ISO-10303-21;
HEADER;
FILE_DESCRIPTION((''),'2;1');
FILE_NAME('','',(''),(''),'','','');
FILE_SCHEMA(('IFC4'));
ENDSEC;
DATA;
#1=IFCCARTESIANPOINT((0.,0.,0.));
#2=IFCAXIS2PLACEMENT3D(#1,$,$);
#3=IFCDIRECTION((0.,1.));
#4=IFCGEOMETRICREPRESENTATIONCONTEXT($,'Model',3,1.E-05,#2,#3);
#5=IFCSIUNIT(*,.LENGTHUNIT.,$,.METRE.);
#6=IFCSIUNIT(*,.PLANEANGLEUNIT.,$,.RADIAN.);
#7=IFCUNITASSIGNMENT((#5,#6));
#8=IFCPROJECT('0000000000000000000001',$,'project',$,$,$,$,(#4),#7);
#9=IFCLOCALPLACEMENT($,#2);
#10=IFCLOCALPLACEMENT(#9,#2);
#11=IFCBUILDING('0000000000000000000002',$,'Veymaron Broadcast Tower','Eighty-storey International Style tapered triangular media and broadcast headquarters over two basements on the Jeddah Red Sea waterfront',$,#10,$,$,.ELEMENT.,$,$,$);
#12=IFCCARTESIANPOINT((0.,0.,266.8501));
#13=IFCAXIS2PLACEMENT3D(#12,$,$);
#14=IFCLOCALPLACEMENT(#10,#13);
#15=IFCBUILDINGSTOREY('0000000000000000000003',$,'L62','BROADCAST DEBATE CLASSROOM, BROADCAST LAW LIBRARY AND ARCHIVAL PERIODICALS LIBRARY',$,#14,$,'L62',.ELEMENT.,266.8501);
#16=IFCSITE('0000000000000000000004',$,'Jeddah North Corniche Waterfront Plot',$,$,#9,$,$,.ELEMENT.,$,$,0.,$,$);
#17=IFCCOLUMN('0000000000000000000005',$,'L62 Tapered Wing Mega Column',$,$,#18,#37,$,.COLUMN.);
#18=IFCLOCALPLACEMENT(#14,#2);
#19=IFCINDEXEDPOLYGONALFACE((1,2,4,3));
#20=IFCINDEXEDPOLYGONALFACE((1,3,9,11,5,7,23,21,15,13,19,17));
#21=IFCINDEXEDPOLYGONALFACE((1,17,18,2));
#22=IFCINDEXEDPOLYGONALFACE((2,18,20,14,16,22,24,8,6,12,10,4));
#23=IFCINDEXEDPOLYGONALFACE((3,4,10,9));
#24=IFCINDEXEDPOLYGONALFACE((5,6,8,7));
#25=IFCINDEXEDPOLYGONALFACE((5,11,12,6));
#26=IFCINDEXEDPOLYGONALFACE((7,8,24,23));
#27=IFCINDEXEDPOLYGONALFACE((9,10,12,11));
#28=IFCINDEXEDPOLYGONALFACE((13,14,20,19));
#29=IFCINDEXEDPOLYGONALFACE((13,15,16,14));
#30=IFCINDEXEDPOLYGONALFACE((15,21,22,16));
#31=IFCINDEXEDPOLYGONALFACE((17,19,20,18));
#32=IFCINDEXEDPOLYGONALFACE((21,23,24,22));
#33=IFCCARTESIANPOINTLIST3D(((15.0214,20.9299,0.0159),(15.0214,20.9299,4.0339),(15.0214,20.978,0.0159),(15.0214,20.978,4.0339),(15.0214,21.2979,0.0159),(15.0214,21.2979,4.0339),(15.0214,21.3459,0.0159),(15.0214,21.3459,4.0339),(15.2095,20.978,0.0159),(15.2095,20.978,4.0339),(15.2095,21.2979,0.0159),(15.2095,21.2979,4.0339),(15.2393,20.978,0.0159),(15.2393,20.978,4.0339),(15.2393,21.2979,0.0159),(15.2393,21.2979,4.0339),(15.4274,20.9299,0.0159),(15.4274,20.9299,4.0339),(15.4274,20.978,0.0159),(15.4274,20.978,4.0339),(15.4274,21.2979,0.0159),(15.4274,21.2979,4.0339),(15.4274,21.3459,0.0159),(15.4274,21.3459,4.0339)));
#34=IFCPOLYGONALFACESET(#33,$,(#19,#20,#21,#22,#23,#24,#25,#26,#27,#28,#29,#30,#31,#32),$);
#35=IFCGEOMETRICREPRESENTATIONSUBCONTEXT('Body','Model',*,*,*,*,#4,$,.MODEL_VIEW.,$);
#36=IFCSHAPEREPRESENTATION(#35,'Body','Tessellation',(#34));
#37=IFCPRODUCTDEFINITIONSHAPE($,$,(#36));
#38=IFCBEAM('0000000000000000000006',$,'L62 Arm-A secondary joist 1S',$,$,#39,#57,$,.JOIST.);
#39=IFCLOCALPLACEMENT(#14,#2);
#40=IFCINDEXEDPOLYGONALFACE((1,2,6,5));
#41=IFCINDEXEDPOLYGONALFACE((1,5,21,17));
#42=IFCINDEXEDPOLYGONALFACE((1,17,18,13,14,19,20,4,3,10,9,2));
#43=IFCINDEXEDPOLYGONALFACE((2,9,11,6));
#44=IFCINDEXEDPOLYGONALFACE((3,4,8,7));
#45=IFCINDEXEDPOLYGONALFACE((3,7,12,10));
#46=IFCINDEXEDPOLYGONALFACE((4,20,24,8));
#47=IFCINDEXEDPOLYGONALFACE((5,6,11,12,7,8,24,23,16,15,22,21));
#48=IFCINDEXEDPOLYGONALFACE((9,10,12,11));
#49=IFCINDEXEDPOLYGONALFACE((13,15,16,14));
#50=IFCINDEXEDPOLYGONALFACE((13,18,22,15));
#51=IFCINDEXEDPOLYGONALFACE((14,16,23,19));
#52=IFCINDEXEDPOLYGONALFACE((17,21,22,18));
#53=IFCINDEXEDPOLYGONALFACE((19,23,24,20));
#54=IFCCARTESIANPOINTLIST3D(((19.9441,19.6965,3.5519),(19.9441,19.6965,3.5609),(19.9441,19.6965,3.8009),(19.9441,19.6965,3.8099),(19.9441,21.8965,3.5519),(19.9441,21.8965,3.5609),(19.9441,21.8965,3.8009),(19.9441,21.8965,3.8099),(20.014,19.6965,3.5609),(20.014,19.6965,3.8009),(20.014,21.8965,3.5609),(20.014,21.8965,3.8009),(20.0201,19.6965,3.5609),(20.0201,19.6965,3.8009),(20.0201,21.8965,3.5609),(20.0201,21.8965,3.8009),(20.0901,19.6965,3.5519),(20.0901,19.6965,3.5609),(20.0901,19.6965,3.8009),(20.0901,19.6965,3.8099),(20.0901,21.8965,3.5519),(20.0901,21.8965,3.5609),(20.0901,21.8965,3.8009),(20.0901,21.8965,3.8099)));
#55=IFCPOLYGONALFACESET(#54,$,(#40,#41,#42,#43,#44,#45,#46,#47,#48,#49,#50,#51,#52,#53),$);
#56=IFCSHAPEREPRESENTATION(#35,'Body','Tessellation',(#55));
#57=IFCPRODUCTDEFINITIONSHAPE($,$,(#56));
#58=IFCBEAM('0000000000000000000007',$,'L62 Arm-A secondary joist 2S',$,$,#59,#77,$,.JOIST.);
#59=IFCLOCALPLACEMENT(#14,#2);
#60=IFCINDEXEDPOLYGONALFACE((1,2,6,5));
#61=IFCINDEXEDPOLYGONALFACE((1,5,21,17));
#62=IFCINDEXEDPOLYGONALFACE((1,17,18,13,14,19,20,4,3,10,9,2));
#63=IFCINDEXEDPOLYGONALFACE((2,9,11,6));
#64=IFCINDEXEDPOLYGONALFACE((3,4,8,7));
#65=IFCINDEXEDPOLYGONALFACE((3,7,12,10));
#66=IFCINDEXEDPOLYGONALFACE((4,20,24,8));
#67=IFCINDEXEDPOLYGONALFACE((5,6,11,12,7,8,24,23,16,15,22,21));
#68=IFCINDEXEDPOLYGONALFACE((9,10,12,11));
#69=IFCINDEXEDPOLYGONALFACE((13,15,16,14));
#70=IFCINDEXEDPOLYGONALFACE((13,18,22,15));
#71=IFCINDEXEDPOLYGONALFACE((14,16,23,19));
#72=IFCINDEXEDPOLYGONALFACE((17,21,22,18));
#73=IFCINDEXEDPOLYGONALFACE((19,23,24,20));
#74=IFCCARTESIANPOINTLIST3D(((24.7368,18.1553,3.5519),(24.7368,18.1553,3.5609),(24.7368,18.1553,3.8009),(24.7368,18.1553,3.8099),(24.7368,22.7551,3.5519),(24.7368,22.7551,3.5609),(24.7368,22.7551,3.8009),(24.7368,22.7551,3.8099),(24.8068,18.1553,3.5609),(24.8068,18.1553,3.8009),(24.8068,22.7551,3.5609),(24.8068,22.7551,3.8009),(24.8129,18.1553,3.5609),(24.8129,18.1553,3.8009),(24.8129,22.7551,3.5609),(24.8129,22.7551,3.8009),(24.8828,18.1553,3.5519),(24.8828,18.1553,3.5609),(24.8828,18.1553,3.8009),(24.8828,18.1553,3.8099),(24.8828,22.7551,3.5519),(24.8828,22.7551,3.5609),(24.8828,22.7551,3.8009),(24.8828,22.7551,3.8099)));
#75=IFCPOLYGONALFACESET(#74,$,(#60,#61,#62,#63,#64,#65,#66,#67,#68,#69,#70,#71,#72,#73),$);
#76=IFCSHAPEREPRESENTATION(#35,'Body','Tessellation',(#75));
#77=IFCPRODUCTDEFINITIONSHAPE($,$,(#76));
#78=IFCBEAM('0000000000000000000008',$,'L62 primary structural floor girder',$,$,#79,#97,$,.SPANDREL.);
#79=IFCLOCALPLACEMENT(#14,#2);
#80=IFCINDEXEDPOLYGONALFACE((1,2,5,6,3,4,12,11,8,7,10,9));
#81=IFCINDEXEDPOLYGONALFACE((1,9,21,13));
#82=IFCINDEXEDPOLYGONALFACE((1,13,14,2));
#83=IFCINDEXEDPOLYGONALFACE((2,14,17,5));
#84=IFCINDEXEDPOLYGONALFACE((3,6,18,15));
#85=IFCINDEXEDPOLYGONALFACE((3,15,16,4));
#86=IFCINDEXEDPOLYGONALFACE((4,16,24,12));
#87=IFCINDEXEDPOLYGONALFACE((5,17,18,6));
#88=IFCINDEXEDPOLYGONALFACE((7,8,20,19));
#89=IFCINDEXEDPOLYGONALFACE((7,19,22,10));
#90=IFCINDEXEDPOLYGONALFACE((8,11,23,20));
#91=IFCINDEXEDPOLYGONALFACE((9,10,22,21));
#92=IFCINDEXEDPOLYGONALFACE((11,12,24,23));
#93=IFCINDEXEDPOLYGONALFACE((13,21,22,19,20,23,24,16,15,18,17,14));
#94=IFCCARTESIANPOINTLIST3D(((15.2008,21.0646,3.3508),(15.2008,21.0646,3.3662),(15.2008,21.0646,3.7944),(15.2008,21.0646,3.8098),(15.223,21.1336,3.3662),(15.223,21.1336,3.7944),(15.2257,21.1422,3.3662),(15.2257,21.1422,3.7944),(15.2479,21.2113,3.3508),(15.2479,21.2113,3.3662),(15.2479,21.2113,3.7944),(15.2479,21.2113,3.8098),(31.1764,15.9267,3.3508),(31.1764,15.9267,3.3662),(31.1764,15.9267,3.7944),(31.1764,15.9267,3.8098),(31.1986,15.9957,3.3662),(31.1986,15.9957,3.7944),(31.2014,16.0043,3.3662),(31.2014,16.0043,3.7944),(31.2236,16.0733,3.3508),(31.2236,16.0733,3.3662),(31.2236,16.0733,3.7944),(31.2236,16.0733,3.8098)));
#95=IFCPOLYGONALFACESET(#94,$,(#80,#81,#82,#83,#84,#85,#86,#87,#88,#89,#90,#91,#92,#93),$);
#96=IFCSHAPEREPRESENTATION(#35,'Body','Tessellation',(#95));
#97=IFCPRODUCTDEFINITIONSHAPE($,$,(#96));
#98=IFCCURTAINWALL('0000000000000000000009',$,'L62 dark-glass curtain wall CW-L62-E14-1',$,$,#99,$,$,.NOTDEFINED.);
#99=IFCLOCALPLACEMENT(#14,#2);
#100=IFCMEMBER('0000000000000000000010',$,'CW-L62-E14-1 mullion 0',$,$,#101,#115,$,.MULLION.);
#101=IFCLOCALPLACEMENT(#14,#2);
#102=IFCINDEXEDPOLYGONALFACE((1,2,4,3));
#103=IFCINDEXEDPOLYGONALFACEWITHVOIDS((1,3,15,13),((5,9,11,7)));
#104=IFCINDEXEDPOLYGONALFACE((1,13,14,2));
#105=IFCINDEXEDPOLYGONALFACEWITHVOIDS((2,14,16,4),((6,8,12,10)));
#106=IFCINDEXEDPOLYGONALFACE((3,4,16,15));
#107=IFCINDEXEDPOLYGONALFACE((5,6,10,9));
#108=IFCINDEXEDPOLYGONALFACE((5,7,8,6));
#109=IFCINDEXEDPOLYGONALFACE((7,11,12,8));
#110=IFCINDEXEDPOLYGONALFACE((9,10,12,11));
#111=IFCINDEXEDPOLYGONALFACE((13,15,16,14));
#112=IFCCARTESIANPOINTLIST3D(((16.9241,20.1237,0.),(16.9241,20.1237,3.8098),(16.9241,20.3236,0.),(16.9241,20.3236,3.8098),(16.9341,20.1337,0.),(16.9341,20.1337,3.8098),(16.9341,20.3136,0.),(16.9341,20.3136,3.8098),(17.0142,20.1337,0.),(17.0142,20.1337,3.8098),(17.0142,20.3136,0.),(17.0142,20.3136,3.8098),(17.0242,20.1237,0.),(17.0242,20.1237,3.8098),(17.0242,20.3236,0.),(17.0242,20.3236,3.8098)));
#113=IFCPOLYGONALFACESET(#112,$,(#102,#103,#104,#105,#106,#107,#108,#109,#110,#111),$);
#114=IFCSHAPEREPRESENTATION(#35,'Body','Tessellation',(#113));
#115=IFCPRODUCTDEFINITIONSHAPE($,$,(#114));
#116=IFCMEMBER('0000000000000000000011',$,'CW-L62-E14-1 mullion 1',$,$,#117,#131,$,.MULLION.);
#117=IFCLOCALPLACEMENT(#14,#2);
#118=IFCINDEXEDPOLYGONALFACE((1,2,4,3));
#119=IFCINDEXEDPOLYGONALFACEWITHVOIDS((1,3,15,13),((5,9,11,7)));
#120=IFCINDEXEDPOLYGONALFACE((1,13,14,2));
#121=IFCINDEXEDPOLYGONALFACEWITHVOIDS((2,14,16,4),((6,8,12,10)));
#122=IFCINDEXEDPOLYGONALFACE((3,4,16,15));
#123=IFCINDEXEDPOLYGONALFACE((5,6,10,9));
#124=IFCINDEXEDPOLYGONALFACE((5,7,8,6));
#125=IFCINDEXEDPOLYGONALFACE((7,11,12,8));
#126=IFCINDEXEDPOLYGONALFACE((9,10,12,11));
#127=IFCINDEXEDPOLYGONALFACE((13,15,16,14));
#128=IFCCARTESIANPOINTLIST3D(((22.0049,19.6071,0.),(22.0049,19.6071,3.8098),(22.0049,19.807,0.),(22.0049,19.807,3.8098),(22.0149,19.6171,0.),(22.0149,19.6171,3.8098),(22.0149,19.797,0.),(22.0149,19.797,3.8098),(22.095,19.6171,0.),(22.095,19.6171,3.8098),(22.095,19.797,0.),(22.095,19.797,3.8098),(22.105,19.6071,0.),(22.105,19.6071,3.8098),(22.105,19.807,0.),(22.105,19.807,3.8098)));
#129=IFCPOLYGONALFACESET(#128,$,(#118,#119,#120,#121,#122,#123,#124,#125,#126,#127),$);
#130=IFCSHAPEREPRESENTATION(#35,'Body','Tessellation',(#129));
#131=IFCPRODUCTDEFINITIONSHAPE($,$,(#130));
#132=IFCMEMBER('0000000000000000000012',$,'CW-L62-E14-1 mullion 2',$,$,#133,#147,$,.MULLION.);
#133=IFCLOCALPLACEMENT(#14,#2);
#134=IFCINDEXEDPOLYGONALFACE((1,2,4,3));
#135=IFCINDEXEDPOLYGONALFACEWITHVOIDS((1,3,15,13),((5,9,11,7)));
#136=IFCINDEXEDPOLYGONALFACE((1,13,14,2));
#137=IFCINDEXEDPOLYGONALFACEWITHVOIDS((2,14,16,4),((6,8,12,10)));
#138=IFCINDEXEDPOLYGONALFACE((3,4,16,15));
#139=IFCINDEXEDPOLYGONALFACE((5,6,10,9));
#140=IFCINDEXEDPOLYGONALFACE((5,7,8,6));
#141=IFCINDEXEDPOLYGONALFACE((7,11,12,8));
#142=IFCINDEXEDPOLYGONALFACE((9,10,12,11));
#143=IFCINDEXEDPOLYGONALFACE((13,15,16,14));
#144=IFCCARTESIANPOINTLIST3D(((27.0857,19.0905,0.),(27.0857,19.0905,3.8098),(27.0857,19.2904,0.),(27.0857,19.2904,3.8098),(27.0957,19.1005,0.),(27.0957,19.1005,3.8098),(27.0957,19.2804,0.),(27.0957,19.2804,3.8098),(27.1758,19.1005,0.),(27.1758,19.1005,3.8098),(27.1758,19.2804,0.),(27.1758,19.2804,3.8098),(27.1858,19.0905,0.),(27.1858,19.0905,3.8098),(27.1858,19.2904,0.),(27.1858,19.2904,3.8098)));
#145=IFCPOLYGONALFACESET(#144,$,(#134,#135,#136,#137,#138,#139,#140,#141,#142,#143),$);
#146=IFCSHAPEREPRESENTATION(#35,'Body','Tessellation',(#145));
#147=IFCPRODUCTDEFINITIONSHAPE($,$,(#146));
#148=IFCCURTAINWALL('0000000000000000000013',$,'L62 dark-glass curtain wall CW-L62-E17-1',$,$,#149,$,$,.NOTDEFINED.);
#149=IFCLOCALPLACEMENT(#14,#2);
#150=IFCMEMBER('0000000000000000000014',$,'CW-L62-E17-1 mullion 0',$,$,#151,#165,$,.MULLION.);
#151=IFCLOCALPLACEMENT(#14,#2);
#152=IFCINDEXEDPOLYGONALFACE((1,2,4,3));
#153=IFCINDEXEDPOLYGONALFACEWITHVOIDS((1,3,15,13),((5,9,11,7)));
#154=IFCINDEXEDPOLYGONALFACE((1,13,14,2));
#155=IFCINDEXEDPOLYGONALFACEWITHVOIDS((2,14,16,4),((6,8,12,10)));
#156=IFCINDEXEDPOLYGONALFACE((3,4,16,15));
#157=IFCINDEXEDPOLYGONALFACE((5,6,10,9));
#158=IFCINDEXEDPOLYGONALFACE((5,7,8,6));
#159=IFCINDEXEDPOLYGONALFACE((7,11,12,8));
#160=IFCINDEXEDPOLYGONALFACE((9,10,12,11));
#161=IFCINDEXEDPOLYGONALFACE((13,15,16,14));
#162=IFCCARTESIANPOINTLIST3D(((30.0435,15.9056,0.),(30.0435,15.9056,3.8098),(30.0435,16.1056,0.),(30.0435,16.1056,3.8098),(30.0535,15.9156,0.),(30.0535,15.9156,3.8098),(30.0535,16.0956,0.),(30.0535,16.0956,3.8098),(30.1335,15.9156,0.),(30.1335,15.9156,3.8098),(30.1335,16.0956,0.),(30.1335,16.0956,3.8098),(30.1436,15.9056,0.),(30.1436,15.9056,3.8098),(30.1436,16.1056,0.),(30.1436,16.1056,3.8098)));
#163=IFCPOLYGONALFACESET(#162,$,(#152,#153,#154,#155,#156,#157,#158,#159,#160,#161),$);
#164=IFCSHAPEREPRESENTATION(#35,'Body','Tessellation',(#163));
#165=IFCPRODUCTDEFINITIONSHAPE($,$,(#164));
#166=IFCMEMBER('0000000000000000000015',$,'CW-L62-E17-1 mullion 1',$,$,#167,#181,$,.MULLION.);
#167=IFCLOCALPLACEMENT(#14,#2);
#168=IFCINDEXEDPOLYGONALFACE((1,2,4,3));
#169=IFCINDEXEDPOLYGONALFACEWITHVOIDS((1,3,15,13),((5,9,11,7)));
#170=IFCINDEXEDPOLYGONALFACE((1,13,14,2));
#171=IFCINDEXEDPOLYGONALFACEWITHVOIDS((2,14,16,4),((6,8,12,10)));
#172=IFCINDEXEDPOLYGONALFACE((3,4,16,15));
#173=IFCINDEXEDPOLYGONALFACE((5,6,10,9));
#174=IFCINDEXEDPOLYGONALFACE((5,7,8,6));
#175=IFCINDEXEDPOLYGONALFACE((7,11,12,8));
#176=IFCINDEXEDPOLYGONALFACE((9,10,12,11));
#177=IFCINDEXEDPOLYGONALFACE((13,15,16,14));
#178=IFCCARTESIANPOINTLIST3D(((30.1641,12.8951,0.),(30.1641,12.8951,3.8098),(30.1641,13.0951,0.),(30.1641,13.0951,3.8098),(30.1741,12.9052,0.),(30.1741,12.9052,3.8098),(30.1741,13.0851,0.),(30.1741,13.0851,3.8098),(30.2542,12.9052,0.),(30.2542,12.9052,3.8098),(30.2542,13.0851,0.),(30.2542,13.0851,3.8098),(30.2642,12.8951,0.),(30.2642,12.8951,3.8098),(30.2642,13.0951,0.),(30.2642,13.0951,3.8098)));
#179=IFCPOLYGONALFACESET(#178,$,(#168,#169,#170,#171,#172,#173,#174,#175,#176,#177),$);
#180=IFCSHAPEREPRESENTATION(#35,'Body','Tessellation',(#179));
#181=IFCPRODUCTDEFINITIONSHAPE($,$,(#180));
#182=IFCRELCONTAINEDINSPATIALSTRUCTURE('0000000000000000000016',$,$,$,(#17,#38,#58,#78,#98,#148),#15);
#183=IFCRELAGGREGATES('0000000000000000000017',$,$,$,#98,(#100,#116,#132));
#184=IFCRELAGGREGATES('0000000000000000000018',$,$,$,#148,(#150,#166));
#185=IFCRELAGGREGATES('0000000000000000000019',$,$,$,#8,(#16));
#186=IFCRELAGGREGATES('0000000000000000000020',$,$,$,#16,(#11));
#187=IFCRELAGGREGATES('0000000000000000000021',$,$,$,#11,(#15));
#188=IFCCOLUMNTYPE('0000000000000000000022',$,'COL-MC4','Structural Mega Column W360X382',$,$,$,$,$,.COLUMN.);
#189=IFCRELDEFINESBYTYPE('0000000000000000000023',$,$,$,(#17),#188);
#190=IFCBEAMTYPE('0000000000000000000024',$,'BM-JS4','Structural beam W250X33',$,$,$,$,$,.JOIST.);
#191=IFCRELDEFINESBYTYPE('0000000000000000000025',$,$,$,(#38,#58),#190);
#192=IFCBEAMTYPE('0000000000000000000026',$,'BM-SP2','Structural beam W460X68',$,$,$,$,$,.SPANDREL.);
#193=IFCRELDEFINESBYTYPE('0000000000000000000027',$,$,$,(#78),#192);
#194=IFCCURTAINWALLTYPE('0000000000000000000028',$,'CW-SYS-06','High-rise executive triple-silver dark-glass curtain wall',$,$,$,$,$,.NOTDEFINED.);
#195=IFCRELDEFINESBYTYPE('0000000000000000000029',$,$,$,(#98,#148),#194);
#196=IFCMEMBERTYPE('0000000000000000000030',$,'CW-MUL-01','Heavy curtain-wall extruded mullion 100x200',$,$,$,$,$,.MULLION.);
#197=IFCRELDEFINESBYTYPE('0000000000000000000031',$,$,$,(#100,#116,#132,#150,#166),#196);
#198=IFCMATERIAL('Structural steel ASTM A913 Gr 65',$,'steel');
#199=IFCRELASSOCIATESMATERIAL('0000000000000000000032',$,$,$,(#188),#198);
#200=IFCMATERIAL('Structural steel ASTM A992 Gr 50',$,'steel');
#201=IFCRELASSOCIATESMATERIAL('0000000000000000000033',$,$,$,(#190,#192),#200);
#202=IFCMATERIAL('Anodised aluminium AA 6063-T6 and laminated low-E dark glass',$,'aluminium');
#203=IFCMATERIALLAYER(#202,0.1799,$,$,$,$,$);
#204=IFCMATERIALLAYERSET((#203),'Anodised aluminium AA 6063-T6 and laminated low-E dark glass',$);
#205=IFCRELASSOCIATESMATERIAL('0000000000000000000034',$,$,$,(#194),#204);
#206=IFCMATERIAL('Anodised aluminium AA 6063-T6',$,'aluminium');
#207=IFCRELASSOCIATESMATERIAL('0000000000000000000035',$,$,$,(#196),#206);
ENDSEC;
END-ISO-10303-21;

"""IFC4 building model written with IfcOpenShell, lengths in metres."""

from ifc_helpers import new_model, si_unit, direction, frame, origin, origin_2d, place, context, subcontext, project, spatial, hollow_rectangle, i_section, extrude, material, layer, layer_set, material_profile, profile_set, type_object, element, aggregate, save


model = new_model("IFC4")

# Units and contexts
model_context = context("Model", 3, precision=1e-05, world=origin(), true_north=direction((0.0, 1.0)))
body_context = subcontext(model_context, "Body", "Model", "MODEL_VIEW")
ifc_project = project(units=[si_unit("LENGTHUNIT", "METRE"), si_unit("PLANEANGLEUNIT", "RADIAN")], contexts=[model_context])

# Site, building, storey
site_placement = place(None, origin())
site = spatial("IfcSite", under=ifc_project, at=site_placement, Name="Jeddah North Corniche Waterfront Plot", CompositionType="ELEMENT", RefElevation=0.0)
building_placement = place(site_placement, origin())
building = spatial("IfcBuilding", under=site, at=building_placement, Name="Veymaron Broadcast Tower", Description="Eighty-storey International Style tapered triangular media and broadcast headquarters over two basements on the Jeddah Red Sea waterfront", CompositionType="ELEMENT")
storey_placement = place(building_placement, frame((0.0, 0.0, 266.8501)))
storey = spatial("IfcBuildingStorey", under=building, at=storey_placement, Name="L62", Description="BROADCAST DEBATE CLASSROOM, BROADCAST LAW LIBRARY AND ARCHIVAL PERIODICALS LIBRARY", LongName="L62", CompositionType="ELEMENT", Elevation=266.8501)

# Column
ifc_material_1 = material(Name="Structural steel ASTM A913 Gr 65", Category="steel")
ifc_material_profile_1 = material_profile(ifc_material_1, i_section(OverallWidth=0.406, OverallDepth=0.416, WebThickness=0.0298, FlangeThickness=0.0481, at=origin_2d()), Name="W360X382")
ifc_profile_set_1 = profile_set([ifc_material_profile_1], Name="Structural steel ASTM A913 Gr 65")
column_type = type_object("IfcColumnType", Name="COL-MC4", Description="Structural Mega Column W360X382", PredefinedType="COLUMN", material=ifc_profile_set_1)
column_placement = place(storey_placement, frame((15.2244, 21.1379, 0.0159), z_axis=(0.0, 0.0, 1.0), x_axis=(1.0, 0.0, 0.0)))
element("IfcColumn", 1, at=column_placement, inside=storey, type_object=column_type, Name="L62 Tapered Wing Mega Column", PredefinedType="COLUMN", context=body_context, shape_type="SweptSolid", body=[
    extrude(i_section(OverallWidth=0.406, OverallDepth=0.416, WebThickness=0.0298, FlangeThickness=0.0481, at=origin_2d()), origin(), (0.0, 0.0, 1.0), 4.0181),
])

# Beams
ifc_material_2 = material(Name="Structural steel ASTM A992 Gr 50", Category="steel")
ifc_material_profile_2 = material_profile(ifc_material_2, i_section(OverallWidth=0.146, OverallDepth=0.2581, WebThickness=0.0061, FlangeThickness=0.009, at=origin_2d()), Name="W250X33")
ifc_profile_set_2 = profile_set([ifc_material_profile_2], Name="Structural steel ASTM A992 Gr 50")
beam_type_1 = type_object("IfcBeamType", Name="BM-JS4", Description="Structural beam W250X33", PredefinedType="JOIST", material=ifc_profile_set_2)
beam_1_placement = place(storey_placement, frame((20.0171, 19.6965, 3.6809), z_axis=(0.0, 1.0, 0.0), x_axis=(-1.0, 0.0, 0.0)))
element("IfcBeam", 2, at=beam_1_placement, inside=storey, type_object=beam_type_1, Name="L62 Arm-A secondary joist 1S", PredefinedType="JOIST", context=body_context, shape_type="SweptSolid", body=[
    extrude(i_section(OverallWidth=0.146, OverallDepth=0.2581, WebThickness=0.0061, FlangeThickness=0.009, at=origin_2d()), origin(), (0.0, 0.0, 1.0), 2.2),
])
beam_2_placement = place(storey_placement, frame((24.8098, 18.1553, 3.6809), z_axis=(0.0, 1.0, 0.0), x_axis=(-1.0, 0.0, 0.0)))
element("IfcBeam", 3, at=beam_2_placement, inside=storey, type_object=beam_type_1, Name="L62 Arm-A secondary joist 2S", PredefinedType="JOIST", context=body_context, shape_type="SweptSolid", body=[
    extrude(i_section(OverallWidth=0.146, OverallDepth=0.2581, WebThickness=0.0061, FlangeThickness=0.009, at=origin_2d()), origin(), (0.0, 0.0, 1.0), 4.5999),
])
ifc_material_profile_3 = material_profile(ifc_material_2, i_section(OverallWidth=0.1541, OverallDepth=0.459, WebThickness=0.009, FlangeThickness=0.0154, at=origin_2d()), Name="W460X68")
ifc_profile_set_3 = profile_set([ifc_material_profile_3], Name="Structural steel ASTM A992 Gr 50")
beam_type_2 = type_object("IfcBeamType", Name="BM-SP2", Description="Structural beam W460X68", PredefinedType="SPANDREL", material=ifc_profile_set_3)
beam_3_placement = place(storey_placement, frame((15.2244, 21.1379, 3.5803), z_axis=(0.951978, -0.306167, 0.0), x_axis=(0.306167, 0.951978, 0.0)))
element("IfcBeam", 4, at=beam_3_placement, inside=storey, type_object=beam_type_2, Name="L62 primary structural floor girder", PredefinedType="SPANDREL", context=body_context, shape_type="SweptSolid", body=[
    extrude(i_section(OverallWidth=0.1541, OverallDepth=0.459, WebThickness=0.009, FlangeThickness=0.0154, at=origin_2d()), origin(), (0.0, 0.0, 1.0), 16.7815),
])

# Curtain walls, members
ifc_material_3 = material(Name="Anodised aluminium AA 6063-T6 and laminated low-E dark glass", Category="aluminium")
ifc_layer_1 = layer(ifc_material_3, 0.1799)
ifc_layer_set_1 = layer_set([ifc_layer_1], Name="Anodised aluminium AA 6063-T6 and laminated low-E dark glass")
curtain_wall_type = type_object("IfcCurtainWallType", Name="CW-SYS-06", Description="High-rise executive triple-silver dark-glass curtain wall", PredefinedType="NOTDEFINED", material=ifc_layer_set_1)
curtain_wall_1_placement = place(storey_placement, origin())
curtain_wall_1 = element("IfcCurtainWall", 5, at=curtain_wall_1_placement, inside=storey, type_object=curtain_wall_type, Name="L62 dark-glass curtain wall CW-L62-E14-1", PredefinedType="NOTDEFINED")
ifc_material_4 = material(Name="Anodised aluminium AA 6063-T6", Category="aluminium")
ifc_material_profile_4 = material_profile(ifc_material_4, hollow_rectangle(XDim=0.1001, YDim=0.2, WallThickness=0.01, at=origin_2d()), Name="RHS200X100X10")
ifc_profile_set_4 = profile_set([ifc_material_profile_4], Name="Anodised aluminium AA 6063-T6")
member_type_1 = type_object("IfcMemberType", Name="CW-MUL-01", Description="Heavy curtain-wall extruded mullion 100x200", PredefinedType="MULLION", material=ifc_profile_set_4)
member_1_placement = place(storey_placement, frame((16.9741, 20.2236, 0.0), z_axis=(0.0, 0.0, 1.0), x_axis=(1.0, 0.0, 0.0)))
member_1 = element("IfcMember", 6, at=member_1_placement, type_object=member_type_1, Name="CW-L62-E14-1 mullion 0", PredefinedType="MULLION", context=body_context, shape_type="SweptSolid", body=[
    extrude(hollow_rectangle(XDim=0.1001, YDim=0.2, WallThickness=0.01, at=origin_2d()), origin(), (0.0, 0.0, 1.0), 3.8098),
])
member_2_placement = place(storey_placement, frame((22.0549, 19.707, 0.0), z_axis=(0.0, 0.0, 1.0), x_axis=(1.0, 0.0, 0.0)))
member_2 = element("IfcMember", 7, at=member_2_placement, type_object=member_type_1, Name="CW-L62-E14-1 mullion 1", PredefinedType="MULLION", context=body_context, shape_type="SweptSolid", body=[
    extrude(hollow_rectangle(XDim=0.1001, YDim=0.2, WallThickness=0.01, at=origin_2d()), origin(), (0.0, 0.0, 1.0), 3.8098),
])
member_3_placement = place(storey_placement, frame((27.1357, 19.1904, 0.0), z_axis=(0.0, 0.0, 1.0), x_axis=(1.0, 0.0, 0.0)))
member_3 = element("IfcMember", 8, at=member_3_placement, type_object=member_type_1, Name="CW-L62-E14-1 mullion 2", PredefinedType="MULLION", context=body_context, shape_type="SweptSolid", body=[
    extrude(hollow_rectangle(XDim=0.1001, YDim=0.2, WallThickness=0.01, at=origin_2d()), origin(), (0.0, 0.0, 1.0), 3.8098),
])
curtain_wall_2_placement = place(storey_placement, origin())
curtain_wall_2 = element("IfcCurtainWall", 9, at=curtain_wall_2_placement, inside=storey, type_object=curtain_wall_type, Name="L62 dark-glass curtain wall CW-L62-E17-1", PredefinedType="NOTDEFINED")
member_4_placement = place(storey_placement, frame((30.0935, 16.0056, 0.0), z_axis=(0.0, 0.0, 1.0), x_axis=(1.0, 0.0, 0.0)))
member_4 = element("IfcMember", 10, at=member_4_placement, type_object=member_type_1, Name="CW-L62-E17-1 mullion 0", PredefinedType="MULLION", context=body_context, shape_type="SweptSolid", body=[
    extrude(hollow_rectangle(XDim=0.1001, YDim=0.2, WallThickness=0.01, at=origin_2d()), origin(), (0.0, 0.0, 1.0), 3.8098),
])
member_5_placement = place(storey_placement, frame((30.2141, 12.9951, 0.0), z_axis=(0.0, 0.0, 1.0), x_axis=(1.0, 0.0, 0.0)))
member_5 = element("IfcMember", 11, at=member_5_placement, type_object=member_type_1, Name="CW-L62-E17-1 mullion 1", PredefinedType="MULLION", context=body_context, shape_type="SweptSolid", body=[
    extrude(hollow_rectangle(XDim=0.1001, YDim=0.2, WallThickness=0.01, at=origin_2d()), origin(), (0.0, 0.0, 1.0), 3.8098),
])

aggregate(curtain_wall_1, [member_1, member_2, member_3])
aggregate(curtain_wall_2, [member_4, member_5])

save(model, "model.ifc")
